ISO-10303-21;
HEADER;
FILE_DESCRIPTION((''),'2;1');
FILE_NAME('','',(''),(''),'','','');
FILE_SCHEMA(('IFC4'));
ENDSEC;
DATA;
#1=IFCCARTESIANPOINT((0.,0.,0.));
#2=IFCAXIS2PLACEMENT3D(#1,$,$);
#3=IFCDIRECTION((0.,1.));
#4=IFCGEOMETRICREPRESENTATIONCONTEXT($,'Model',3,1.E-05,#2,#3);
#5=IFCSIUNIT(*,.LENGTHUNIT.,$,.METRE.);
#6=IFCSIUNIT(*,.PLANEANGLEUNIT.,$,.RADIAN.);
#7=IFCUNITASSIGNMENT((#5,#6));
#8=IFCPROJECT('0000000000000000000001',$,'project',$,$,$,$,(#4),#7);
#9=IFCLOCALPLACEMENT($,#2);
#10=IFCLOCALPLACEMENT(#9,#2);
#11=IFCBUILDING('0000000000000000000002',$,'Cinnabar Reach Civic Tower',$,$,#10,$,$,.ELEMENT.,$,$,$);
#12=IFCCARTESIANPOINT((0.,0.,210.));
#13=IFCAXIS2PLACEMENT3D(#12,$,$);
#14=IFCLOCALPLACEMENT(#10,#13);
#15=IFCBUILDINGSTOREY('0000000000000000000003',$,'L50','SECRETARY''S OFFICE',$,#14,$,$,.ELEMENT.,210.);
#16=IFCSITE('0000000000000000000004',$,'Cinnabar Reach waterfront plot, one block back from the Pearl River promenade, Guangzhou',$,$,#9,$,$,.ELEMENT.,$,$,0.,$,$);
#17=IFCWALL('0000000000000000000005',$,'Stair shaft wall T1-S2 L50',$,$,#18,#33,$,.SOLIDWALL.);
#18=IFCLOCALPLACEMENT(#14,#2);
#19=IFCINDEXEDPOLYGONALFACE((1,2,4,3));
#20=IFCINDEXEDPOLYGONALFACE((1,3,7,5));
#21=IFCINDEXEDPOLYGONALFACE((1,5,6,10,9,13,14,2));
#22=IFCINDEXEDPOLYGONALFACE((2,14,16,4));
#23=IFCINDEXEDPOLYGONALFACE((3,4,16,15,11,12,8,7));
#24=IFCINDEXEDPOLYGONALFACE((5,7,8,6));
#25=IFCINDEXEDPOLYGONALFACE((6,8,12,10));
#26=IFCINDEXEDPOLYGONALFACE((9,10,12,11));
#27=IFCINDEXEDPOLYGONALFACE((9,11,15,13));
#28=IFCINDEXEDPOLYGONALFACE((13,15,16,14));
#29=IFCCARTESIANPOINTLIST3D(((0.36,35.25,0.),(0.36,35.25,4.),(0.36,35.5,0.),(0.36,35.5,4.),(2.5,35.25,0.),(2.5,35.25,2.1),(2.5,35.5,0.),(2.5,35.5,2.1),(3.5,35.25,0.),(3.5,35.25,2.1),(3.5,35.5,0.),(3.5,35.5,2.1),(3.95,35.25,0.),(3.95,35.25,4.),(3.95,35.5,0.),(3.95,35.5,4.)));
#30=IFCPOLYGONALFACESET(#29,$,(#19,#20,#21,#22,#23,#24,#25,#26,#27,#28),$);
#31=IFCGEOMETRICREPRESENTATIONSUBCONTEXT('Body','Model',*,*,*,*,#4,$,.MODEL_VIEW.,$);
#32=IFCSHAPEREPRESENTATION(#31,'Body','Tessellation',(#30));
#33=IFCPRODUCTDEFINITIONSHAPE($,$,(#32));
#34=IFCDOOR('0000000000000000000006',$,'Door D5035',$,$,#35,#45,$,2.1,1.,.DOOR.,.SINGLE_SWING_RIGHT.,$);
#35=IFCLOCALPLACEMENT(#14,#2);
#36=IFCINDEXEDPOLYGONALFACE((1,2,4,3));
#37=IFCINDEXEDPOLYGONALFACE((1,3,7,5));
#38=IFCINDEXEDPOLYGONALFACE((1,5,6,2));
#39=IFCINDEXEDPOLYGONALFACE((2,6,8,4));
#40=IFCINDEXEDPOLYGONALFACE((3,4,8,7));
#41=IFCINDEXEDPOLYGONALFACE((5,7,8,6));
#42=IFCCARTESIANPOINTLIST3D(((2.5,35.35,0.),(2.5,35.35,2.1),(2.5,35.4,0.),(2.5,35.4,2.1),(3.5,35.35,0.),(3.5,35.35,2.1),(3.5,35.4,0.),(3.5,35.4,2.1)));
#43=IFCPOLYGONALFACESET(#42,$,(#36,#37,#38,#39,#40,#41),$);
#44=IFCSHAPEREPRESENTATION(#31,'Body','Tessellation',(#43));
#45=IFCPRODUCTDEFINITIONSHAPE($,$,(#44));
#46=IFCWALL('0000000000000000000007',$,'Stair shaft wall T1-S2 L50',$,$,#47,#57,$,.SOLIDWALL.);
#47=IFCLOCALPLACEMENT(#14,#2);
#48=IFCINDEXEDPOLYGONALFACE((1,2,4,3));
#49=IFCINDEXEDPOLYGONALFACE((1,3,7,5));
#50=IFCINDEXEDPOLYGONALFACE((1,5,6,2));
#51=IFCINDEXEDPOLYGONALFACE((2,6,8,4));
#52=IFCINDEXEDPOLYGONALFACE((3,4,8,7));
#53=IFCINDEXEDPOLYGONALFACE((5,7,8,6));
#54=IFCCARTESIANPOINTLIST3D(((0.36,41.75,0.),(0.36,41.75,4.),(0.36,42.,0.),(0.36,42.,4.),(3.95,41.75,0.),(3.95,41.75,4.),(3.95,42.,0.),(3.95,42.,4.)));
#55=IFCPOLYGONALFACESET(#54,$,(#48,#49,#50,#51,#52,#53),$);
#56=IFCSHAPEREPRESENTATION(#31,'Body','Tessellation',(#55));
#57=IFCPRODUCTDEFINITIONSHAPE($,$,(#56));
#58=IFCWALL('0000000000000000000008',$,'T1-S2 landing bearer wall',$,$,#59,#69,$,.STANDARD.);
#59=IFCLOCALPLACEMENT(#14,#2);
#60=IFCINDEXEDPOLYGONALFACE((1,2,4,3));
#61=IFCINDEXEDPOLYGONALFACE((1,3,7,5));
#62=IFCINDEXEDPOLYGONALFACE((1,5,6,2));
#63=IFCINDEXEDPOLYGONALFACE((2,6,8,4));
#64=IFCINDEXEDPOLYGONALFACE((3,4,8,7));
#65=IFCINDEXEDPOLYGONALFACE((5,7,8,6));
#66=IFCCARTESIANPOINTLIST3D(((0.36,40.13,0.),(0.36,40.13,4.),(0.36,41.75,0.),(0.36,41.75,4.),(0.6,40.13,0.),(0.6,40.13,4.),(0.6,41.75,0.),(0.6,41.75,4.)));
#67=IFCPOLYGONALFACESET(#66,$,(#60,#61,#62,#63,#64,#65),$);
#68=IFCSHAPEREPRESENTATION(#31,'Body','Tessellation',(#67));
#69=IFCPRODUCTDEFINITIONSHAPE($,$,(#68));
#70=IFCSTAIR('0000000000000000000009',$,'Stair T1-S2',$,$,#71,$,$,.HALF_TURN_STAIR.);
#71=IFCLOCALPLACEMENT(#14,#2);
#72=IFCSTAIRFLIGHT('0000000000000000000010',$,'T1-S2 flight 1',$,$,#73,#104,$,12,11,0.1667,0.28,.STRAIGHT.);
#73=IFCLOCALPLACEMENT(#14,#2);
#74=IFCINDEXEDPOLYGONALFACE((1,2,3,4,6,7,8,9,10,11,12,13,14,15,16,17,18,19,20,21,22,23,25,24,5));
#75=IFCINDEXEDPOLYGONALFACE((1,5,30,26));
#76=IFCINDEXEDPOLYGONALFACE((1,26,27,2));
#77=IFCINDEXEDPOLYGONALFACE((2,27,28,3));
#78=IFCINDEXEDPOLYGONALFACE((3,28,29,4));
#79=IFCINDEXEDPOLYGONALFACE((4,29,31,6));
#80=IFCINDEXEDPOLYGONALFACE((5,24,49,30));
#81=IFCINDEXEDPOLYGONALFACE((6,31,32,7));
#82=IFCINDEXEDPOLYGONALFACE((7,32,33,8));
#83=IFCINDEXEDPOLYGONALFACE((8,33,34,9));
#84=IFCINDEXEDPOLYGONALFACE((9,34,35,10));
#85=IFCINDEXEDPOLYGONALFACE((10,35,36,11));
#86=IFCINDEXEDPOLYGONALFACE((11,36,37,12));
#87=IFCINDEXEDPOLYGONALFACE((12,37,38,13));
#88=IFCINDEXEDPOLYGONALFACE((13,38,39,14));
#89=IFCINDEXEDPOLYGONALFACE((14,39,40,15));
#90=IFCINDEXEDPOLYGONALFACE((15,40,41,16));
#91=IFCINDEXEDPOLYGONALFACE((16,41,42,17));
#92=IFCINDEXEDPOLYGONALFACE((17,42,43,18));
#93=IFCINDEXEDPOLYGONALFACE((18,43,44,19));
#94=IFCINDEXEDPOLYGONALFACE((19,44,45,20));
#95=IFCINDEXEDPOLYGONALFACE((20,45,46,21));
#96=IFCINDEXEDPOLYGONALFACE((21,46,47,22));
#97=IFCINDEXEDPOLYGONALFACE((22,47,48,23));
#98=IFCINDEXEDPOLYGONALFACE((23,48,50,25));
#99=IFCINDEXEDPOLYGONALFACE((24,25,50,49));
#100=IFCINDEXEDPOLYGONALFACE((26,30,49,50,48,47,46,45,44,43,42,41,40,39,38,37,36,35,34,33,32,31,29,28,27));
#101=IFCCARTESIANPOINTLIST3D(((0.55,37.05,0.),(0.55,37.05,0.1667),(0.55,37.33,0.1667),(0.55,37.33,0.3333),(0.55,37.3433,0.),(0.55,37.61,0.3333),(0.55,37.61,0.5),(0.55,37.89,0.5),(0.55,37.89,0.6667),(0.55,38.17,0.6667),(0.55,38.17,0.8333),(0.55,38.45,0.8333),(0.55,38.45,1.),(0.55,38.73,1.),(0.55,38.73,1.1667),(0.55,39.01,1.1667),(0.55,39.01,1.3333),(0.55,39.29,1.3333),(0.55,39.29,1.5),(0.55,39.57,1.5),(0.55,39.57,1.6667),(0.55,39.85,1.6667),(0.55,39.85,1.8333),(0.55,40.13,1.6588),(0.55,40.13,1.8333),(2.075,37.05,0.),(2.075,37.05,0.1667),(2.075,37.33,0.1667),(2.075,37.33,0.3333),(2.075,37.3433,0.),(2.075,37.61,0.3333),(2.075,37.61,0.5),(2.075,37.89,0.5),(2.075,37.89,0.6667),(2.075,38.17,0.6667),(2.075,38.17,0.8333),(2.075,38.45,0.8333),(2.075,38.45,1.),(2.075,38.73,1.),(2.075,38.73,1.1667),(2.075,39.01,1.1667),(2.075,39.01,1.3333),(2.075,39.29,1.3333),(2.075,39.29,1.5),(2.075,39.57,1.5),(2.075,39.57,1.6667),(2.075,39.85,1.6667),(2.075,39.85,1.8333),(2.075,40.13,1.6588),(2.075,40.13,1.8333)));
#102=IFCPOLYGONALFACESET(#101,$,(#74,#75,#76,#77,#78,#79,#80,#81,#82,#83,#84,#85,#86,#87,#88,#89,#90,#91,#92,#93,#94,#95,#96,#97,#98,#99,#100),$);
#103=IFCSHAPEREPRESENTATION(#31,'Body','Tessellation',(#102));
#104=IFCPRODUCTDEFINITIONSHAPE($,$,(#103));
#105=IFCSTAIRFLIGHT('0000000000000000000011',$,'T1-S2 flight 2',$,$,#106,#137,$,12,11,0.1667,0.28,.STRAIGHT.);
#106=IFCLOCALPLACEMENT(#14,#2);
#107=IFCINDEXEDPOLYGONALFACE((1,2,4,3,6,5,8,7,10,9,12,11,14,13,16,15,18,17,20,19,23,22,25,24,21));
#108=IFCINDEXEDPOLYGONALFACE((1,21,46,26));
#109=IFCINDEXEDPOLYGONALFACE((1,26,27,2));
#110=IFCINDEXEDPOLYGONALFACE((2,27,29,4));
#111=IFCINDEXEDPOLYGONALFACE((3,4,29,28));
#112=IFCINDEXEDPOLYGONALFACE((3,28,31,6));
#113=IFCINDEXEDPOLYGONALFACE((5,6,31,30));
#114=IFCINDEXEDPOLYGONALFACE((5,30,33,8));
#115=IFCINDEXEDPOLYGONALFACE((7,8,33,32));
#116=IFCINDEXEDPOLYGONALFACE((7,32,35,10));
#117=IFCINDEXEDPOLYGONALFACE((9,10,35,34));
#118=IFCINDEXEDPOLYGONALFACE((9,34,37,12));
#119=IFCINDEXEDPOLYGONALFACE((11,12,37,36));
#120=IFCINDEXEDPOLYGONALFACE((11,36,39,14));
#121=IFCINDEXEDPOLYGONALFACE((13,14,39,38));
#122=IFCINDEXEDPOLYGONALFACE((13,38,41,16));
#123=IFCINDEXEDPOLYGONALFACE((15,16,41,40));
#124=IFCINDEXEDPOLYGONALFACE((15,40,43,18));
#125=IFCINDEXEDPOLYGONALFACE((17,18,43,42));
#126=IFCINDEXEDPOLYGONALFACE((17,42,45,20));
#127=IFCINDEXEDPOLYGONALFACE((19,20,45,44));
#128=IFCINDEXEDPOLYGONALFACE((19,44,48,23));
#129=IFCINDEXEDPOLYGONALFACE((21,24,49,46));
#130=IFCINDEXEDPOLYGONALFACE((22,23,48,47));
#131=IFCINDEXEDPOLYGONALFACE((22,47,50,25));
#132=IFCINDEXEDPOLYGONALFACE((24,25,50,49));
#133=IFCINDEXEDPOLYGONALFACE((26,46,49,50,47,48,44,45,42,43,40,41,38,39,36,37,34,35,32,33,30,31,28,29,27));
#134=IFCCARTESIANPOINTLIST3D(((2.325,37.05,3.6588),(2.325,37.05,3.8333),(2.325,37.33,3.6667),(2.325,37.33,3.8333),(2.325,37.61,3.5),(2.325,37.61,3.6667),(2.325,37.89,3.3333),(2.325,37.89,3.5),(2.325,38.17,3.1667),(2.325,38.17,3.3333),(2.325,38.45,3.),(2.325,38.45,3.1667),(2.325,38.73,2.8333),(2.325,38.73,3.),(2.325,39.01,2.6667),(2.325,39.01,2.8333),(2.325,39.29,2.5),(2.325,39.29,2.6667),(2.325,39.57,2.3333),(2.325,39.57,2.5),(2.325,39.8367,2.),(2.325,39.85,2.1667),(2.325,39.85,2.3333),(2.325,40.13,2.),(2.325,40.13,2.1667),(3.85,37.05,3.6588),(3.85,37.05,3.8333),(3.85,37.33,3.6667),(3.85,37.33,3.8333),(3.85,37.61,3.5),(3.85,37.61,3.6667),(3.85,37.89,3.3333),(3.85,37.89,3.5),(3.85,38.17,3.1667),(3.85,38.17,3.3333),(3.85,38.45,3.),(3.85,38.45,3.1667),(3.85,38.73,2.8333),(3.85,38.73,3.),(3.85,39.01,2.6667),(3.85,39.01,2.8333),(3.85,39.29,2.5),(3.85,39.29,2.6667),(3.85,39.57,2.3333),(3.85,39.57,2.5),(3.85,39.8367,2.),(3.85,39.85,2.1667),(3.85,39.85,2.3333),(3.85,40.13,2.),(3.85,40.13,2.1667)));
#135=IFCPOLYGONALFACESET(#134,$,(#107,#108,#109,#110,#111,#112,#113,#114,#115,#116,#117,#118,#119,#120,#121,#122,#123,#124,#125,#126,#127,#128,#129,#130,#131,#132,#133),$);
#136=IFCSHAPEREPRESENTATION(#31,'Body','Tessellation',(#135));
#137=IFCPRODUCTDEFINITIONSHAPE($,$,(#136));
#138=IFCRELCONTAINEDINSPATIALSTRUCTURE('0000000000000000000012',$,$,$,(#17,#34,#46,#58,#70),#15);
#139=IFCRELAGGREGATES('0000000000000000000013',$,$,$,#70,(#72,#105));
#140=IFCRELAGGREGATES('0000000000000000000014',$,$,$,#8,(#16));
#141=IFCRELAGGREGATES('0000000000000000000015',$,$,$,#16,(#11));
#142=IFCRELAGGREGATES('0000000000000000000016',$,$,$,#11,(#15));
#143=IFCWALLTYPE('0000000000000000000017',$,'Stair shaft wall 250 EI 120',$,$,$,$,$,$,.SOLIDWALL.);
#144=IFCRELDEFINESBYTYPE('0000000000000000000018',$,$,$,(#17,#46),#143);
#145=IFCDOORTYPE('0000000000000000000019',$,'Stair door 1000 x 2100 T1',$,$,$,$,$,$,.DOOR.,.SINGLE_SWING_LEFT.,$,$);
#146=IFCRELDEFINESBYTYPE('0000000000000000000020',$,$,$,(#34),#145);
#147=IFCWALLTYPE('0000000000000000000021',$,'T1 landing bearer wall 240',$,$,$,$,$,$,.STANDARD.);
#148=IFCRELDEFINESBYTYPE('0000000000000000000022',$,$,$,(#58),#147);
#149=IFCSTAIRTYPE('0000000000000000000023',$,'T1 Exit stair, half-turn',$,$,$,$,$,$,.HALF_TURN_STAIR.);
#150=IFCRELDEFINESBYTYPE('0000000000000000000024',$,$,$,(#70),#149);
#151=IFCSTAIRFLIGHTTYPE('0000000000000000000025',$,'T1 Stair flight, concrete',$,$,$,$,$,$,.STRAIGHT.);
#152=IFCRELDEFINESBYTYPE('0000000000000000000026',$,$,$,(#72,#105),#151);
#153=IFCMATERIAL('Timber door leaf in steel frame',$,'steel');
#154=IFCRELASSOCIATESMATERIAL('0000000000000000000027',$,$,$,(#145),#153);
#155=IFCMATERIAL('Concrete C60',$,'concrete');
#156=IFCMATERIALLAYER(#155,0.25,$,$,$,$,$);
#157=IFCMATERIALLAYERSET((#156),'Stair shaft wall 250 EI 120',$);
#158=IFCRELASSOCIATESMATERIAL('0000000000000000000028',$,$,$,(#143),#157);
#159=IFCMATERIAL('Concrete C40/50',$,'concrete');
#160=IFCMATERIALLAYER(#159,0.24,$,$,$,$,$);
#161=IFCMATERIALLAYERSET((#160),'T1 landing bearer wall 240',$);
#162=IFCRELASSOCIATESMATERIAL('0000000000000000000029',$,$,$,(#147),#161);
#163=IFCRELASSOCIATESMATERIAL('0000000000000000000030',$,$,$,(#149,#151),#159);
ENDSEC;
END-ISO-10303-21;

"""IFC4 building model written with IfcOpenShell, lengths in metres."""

from ifc_helpers import new_model, si_unit, direction, frame, frame_2d, origin, place, context, subcontext, project, spatial, polyline, rectangle, outline, extrude, material, layer, layer_set, type_object, element, fill, aggregate, save


model = new_model("IFC4")

# Units and contexts
model_context = context("Model", 3, precision=1e-05, world=origin(), true_north=direction((0.0, 1.0)))
body_context = subcontext(model_context, "Body", "Model", "MODEL_VIEW")
ifc_project = project(units=[si_unit("LENGTHUNIT", "METRE"), si_unit("PLANEANGLEUNIT", "RADIAN")], contexts=[model_context])

# Site, building, storey
site_placement = place(None, origin())
site = spatial("IfcSite", under=ifc_project, at=site_placement, Name="Cinnabar Reach waterfront plot, one block back from the Pearl River promenade, Guangzhou", CompositionType="ELEMENT", RefElevation=0.0)
building_placement = place(site_placement, origin())
building = spatial("IfcBuilding", under=site, at=building_placement, Name="Cinnabar Reach Civic Tower", CompositionType="ELEMENT")
storey_placement = place(building_placement, frame((0.0, 0.0, 210.0)))
storey = spatial("IfcBuildingStorey", under=building, at=storey_placement, Name="L50", Description="SECRETARY'S OFFICE", CompositionType="ELEMENT", Elevation=210.0)

# Shared definitions
ifc_material_1 = material(Name="Concrete C60", Category="concrete")
ifc_material_2 = material(Name="Timber door leaf in steel frame", Category="steel")
door_type_1 = type_object("IfcDoorType", Name="Stair door 1000 x 2100 T1", OperationType="SINGLE_SWING_LEFT", PredefinedType="DOOR", material=ifc_material_2)

# Wall, opening, door
ifc_layer_1 = layer(ifc_material_1, 0.25)
ifc_layer_set_1 = layer_set([ifc_layer_1], Name="Stair shaft wall 250 EI 120")
wall_type_1 = type_object("IfcWallType", Name="Stair shaft wall 250 EI 120", PredefinedType="SOLIDWALL", material=ifc_layer_set_1)
wall_1_placement = place(storey_placement, frame((0.36, 35.375, 0.0), z_axis=(0.0, 0.0, 1.0), x_axis=(1.0, 0.0, 0.0)))
wall_1 = element("IfcWall", 1, at=wall_1_placement, inside=storey, type_object=wall_type_1, Name="Stair shaft wall T1-S2 L50", PredefinedType="SOLIDWALL", context=body_context, shape_type="SweptSolid", body=[
    extrude(rectangle(XDim=3.59, YDim=0.25, at=frame_2d((1.795, 0.0))), origin(), (0.0, 0.0, 1.0), 4.0),
])
opening_1_placement = place(wall_1_placement, frame((2.14, 0.0, 0.0)))
opening_1 = element("IfcOpeningElement", 2, at=opening_1_placement, cuts=wall_1, PredefinedType="OPENING", context=body_context, shape_type="SweptSolid", body=[
    extrude(rectangle(XDim=1.0, YDim=2.1, at=frame_2d((0.5, 1.05))), frame((0.0, 0.135, 0.0), z_axis=(0.0, -1.0, 0.0), x_axis=(1.0, 0.0, 0.0)), (0.0, 0.0, 1.0), 0.27),
])
door_1_placement = place(opening_1_placement, origin())
door_1 = element("IfcDoor", 3, at=door_1_placement, inside=storey, type_object=door_type_1, Name="Door D5035", OperationType="SINGLE_SWING_RIGHT", OverallHeight=2.1, OverallWidth=1.0, PredefinedType="DOOR", context=body_context, shape_type="SweptSolid", body=[
    extrude(rectangle(XDim=1.0, YDim=2.1, at=frame_2d((0.5, 1.05))), frame((0.0, 0.025, 0.0), z_axis=(0.0, -1.0, 0.0), x_axis=(1.0, 0.0, 0.0)), (0.0, 0.0, 1.0), 0.05),
])
fill(opening_1, door_1)

# Walls
wall_2_placement = place(storey_placement, frame((3.95, 41.875, 0.0), z_axis=(0.0, 0.0, 1.0), x_axis=(-1.0, 0.0, 0.0)))
element("IfcWall", 4, at=wall_2_placement, inside=storey, type_object=wall_type_1, Name="Stair shaft wall T1-S2 L50", PredefinedType="SOLIDWALL", context=body_context, shape_type="SweptSolid", body=[
    extrude(rectangle(XDim=3.59, YDim=0.25, at=frame_2d((1.795, 0.0))), origin(), (0.0, 0.0, 1.0), 4.0),
])
ifc_material_3 = material(Name="Concrete C40/50", Category="concrete")
ifc_layer_2 = layer(ifc_material_3, 0.24)
ifc_layer_set_2 = layer_set([ifc_layer_2], Name="T1 landing bearer wall 240")
wall_type_2 = type_object("IfcWallType", Name="T1 landing bearer wall 240", PredefinedType="STANDARD", material=ifc_layer_set_2)
wall_3_placement = place(storey_placement, frame((0.48, 40.13, 0.0), z_axis=(0.0, 0.0, 1.0), x_axis=(0.0, 1.0, 0.0)))
element("IfcWall", 5, at=wall_3_placement, inside=storey, type_object=wall_type_2, Name="T1-S2 landing bearer wall", PredefinedType="STANDARD", context=body_context, shape_type="SweptSolid", body=[
    extrude(rectangle(XDim=1.62, YDim=0.24, at=frame_2d((0.81, 0.0))), origin(), (0.0, 0.0, 1.0), 4.0),
])

# Stair, stair flights
stair_type = type_object("IfcStairType", Name="T1 Exit stair, half-turn", PredefinedType="HALF_TURN_STAIR", material=ifc_material_3)
stair_placement = place(storey_placement, origin())
stair = element("IfcStair", 6, at=stair_placement, inside=storey, type_object=stair_type, Name="Stair T1-S2", PredefinedType="HALF_TURN_STAIR")
stair_flight_type = type_object("IfcStairFlightType", Name="T1 Stair flight, concrete", PredefinedType="STRAIGHT", material=ifc_material_3)
stair_flight_1_placement = place(storey_placement, frame((1.3125, 37.05, 0.0), z_axis=(0.0, 0.0, 1.0), x_axis=(0.0, 1.0, 0.0)))
stair_flight_1 = element("IfcStairFlight", 7, at=stair_flight_1_placement, type_object=stair_flight_type, Name="T1-S2 flight 1", NumberOfRisers=12, NumberOfTreads=11, PredefinedType="STRAIGHT", RiserHeight=0.1667, TreadLength=0.28, context=body_context, shape_type="SweptSolid", body=[
    extrude(outline(polyline([(0.0, 0.0), (0.0, 0.1667), (0.28, 0.1667), (0.28, 0.3333), (0.56, 0.3333), (0.56, 0.5), (0.84, 0.5), (0.84, 0.6667), (1.12, 0.6667), (1.12, 0.8333), (1.4, 0.8333), (1.4, 1.0), (1.68, 1.0), (1.68, 1.1667), (1.96, 1.1667), (1.96, 1.3333), (2.24, 1.3333), (2.24, 1.5), (2.52, 1.5), (2.52, 1.6667), (2.8, 1.6667), (2.8, 1.8333), (3.08, 1.8333), (3.08, 2.0), (3.08, 1.6588), (0.2933, 0.0), (0.0, 0.0)])), frame((0.0, 0.7625, 0.0), z_axis=(0.0, -1.0, 0.0), x_axis=(1.0, 0.0, 0.0)), (0.0, 0.0, 1.0), 1.525),
])
stair_flight_2_placement = place(storey_placement, frame((3.0875, 40.13, 2.0), z_axis=(0.0, 0.0, 1.0), x_axis=(0.0, -1.0, 0.0)))
stair_flight_2 = element("IfcStairFlight", 8, at=stair_flight_2_placement, type_object=stair_flight_type, Name="T1-S2 flight 2", NumberOfRisers=12, NumberOfTreads=11, PredefinedType="STRAIGHT", RiserHeight=0.1667, TreadLength=0.28, context=body_context, shape_type="SweptSolid", body=[
    extrude(outline(polyline([(0.0, 0.0), (0.0, 0.1667), (0.28, 0.1667), (0.28, 0.3333), (0.56, 0.3333), (0.56, 0.5), (0.84, 0.5), (0.84, 0.6667), (1.12, 0.6667), (1.12, 0.8333), (1.4, 0.8333), (1.4, 1.0), (1.68, 1.0), (1.68, 1.1667), (1.96, 1.1667), (1.96, 1.3333), (2.24, 1.3333), (2.24, 1.5), (2.52, 1.5), (2.52, 1.6667), (2.8, 1.6667), (2.8, 1.8333), (3.08, 1.8333), (3.08, 2.0), (3.08, 1.6588), (0.2933, 0.0), (0.0, 0.0)])), frame((0.0, 0.7625, 0.0), z_axis=(0.0, -1.0, 0.0), x_axis=(1.0, 0.0, 0.0)), (0.0, 0.0, 1.0), 1.525),
])
aggregate(stair, [stair_flight_1, stair_flight_2])

save(model, "model.ifc")
